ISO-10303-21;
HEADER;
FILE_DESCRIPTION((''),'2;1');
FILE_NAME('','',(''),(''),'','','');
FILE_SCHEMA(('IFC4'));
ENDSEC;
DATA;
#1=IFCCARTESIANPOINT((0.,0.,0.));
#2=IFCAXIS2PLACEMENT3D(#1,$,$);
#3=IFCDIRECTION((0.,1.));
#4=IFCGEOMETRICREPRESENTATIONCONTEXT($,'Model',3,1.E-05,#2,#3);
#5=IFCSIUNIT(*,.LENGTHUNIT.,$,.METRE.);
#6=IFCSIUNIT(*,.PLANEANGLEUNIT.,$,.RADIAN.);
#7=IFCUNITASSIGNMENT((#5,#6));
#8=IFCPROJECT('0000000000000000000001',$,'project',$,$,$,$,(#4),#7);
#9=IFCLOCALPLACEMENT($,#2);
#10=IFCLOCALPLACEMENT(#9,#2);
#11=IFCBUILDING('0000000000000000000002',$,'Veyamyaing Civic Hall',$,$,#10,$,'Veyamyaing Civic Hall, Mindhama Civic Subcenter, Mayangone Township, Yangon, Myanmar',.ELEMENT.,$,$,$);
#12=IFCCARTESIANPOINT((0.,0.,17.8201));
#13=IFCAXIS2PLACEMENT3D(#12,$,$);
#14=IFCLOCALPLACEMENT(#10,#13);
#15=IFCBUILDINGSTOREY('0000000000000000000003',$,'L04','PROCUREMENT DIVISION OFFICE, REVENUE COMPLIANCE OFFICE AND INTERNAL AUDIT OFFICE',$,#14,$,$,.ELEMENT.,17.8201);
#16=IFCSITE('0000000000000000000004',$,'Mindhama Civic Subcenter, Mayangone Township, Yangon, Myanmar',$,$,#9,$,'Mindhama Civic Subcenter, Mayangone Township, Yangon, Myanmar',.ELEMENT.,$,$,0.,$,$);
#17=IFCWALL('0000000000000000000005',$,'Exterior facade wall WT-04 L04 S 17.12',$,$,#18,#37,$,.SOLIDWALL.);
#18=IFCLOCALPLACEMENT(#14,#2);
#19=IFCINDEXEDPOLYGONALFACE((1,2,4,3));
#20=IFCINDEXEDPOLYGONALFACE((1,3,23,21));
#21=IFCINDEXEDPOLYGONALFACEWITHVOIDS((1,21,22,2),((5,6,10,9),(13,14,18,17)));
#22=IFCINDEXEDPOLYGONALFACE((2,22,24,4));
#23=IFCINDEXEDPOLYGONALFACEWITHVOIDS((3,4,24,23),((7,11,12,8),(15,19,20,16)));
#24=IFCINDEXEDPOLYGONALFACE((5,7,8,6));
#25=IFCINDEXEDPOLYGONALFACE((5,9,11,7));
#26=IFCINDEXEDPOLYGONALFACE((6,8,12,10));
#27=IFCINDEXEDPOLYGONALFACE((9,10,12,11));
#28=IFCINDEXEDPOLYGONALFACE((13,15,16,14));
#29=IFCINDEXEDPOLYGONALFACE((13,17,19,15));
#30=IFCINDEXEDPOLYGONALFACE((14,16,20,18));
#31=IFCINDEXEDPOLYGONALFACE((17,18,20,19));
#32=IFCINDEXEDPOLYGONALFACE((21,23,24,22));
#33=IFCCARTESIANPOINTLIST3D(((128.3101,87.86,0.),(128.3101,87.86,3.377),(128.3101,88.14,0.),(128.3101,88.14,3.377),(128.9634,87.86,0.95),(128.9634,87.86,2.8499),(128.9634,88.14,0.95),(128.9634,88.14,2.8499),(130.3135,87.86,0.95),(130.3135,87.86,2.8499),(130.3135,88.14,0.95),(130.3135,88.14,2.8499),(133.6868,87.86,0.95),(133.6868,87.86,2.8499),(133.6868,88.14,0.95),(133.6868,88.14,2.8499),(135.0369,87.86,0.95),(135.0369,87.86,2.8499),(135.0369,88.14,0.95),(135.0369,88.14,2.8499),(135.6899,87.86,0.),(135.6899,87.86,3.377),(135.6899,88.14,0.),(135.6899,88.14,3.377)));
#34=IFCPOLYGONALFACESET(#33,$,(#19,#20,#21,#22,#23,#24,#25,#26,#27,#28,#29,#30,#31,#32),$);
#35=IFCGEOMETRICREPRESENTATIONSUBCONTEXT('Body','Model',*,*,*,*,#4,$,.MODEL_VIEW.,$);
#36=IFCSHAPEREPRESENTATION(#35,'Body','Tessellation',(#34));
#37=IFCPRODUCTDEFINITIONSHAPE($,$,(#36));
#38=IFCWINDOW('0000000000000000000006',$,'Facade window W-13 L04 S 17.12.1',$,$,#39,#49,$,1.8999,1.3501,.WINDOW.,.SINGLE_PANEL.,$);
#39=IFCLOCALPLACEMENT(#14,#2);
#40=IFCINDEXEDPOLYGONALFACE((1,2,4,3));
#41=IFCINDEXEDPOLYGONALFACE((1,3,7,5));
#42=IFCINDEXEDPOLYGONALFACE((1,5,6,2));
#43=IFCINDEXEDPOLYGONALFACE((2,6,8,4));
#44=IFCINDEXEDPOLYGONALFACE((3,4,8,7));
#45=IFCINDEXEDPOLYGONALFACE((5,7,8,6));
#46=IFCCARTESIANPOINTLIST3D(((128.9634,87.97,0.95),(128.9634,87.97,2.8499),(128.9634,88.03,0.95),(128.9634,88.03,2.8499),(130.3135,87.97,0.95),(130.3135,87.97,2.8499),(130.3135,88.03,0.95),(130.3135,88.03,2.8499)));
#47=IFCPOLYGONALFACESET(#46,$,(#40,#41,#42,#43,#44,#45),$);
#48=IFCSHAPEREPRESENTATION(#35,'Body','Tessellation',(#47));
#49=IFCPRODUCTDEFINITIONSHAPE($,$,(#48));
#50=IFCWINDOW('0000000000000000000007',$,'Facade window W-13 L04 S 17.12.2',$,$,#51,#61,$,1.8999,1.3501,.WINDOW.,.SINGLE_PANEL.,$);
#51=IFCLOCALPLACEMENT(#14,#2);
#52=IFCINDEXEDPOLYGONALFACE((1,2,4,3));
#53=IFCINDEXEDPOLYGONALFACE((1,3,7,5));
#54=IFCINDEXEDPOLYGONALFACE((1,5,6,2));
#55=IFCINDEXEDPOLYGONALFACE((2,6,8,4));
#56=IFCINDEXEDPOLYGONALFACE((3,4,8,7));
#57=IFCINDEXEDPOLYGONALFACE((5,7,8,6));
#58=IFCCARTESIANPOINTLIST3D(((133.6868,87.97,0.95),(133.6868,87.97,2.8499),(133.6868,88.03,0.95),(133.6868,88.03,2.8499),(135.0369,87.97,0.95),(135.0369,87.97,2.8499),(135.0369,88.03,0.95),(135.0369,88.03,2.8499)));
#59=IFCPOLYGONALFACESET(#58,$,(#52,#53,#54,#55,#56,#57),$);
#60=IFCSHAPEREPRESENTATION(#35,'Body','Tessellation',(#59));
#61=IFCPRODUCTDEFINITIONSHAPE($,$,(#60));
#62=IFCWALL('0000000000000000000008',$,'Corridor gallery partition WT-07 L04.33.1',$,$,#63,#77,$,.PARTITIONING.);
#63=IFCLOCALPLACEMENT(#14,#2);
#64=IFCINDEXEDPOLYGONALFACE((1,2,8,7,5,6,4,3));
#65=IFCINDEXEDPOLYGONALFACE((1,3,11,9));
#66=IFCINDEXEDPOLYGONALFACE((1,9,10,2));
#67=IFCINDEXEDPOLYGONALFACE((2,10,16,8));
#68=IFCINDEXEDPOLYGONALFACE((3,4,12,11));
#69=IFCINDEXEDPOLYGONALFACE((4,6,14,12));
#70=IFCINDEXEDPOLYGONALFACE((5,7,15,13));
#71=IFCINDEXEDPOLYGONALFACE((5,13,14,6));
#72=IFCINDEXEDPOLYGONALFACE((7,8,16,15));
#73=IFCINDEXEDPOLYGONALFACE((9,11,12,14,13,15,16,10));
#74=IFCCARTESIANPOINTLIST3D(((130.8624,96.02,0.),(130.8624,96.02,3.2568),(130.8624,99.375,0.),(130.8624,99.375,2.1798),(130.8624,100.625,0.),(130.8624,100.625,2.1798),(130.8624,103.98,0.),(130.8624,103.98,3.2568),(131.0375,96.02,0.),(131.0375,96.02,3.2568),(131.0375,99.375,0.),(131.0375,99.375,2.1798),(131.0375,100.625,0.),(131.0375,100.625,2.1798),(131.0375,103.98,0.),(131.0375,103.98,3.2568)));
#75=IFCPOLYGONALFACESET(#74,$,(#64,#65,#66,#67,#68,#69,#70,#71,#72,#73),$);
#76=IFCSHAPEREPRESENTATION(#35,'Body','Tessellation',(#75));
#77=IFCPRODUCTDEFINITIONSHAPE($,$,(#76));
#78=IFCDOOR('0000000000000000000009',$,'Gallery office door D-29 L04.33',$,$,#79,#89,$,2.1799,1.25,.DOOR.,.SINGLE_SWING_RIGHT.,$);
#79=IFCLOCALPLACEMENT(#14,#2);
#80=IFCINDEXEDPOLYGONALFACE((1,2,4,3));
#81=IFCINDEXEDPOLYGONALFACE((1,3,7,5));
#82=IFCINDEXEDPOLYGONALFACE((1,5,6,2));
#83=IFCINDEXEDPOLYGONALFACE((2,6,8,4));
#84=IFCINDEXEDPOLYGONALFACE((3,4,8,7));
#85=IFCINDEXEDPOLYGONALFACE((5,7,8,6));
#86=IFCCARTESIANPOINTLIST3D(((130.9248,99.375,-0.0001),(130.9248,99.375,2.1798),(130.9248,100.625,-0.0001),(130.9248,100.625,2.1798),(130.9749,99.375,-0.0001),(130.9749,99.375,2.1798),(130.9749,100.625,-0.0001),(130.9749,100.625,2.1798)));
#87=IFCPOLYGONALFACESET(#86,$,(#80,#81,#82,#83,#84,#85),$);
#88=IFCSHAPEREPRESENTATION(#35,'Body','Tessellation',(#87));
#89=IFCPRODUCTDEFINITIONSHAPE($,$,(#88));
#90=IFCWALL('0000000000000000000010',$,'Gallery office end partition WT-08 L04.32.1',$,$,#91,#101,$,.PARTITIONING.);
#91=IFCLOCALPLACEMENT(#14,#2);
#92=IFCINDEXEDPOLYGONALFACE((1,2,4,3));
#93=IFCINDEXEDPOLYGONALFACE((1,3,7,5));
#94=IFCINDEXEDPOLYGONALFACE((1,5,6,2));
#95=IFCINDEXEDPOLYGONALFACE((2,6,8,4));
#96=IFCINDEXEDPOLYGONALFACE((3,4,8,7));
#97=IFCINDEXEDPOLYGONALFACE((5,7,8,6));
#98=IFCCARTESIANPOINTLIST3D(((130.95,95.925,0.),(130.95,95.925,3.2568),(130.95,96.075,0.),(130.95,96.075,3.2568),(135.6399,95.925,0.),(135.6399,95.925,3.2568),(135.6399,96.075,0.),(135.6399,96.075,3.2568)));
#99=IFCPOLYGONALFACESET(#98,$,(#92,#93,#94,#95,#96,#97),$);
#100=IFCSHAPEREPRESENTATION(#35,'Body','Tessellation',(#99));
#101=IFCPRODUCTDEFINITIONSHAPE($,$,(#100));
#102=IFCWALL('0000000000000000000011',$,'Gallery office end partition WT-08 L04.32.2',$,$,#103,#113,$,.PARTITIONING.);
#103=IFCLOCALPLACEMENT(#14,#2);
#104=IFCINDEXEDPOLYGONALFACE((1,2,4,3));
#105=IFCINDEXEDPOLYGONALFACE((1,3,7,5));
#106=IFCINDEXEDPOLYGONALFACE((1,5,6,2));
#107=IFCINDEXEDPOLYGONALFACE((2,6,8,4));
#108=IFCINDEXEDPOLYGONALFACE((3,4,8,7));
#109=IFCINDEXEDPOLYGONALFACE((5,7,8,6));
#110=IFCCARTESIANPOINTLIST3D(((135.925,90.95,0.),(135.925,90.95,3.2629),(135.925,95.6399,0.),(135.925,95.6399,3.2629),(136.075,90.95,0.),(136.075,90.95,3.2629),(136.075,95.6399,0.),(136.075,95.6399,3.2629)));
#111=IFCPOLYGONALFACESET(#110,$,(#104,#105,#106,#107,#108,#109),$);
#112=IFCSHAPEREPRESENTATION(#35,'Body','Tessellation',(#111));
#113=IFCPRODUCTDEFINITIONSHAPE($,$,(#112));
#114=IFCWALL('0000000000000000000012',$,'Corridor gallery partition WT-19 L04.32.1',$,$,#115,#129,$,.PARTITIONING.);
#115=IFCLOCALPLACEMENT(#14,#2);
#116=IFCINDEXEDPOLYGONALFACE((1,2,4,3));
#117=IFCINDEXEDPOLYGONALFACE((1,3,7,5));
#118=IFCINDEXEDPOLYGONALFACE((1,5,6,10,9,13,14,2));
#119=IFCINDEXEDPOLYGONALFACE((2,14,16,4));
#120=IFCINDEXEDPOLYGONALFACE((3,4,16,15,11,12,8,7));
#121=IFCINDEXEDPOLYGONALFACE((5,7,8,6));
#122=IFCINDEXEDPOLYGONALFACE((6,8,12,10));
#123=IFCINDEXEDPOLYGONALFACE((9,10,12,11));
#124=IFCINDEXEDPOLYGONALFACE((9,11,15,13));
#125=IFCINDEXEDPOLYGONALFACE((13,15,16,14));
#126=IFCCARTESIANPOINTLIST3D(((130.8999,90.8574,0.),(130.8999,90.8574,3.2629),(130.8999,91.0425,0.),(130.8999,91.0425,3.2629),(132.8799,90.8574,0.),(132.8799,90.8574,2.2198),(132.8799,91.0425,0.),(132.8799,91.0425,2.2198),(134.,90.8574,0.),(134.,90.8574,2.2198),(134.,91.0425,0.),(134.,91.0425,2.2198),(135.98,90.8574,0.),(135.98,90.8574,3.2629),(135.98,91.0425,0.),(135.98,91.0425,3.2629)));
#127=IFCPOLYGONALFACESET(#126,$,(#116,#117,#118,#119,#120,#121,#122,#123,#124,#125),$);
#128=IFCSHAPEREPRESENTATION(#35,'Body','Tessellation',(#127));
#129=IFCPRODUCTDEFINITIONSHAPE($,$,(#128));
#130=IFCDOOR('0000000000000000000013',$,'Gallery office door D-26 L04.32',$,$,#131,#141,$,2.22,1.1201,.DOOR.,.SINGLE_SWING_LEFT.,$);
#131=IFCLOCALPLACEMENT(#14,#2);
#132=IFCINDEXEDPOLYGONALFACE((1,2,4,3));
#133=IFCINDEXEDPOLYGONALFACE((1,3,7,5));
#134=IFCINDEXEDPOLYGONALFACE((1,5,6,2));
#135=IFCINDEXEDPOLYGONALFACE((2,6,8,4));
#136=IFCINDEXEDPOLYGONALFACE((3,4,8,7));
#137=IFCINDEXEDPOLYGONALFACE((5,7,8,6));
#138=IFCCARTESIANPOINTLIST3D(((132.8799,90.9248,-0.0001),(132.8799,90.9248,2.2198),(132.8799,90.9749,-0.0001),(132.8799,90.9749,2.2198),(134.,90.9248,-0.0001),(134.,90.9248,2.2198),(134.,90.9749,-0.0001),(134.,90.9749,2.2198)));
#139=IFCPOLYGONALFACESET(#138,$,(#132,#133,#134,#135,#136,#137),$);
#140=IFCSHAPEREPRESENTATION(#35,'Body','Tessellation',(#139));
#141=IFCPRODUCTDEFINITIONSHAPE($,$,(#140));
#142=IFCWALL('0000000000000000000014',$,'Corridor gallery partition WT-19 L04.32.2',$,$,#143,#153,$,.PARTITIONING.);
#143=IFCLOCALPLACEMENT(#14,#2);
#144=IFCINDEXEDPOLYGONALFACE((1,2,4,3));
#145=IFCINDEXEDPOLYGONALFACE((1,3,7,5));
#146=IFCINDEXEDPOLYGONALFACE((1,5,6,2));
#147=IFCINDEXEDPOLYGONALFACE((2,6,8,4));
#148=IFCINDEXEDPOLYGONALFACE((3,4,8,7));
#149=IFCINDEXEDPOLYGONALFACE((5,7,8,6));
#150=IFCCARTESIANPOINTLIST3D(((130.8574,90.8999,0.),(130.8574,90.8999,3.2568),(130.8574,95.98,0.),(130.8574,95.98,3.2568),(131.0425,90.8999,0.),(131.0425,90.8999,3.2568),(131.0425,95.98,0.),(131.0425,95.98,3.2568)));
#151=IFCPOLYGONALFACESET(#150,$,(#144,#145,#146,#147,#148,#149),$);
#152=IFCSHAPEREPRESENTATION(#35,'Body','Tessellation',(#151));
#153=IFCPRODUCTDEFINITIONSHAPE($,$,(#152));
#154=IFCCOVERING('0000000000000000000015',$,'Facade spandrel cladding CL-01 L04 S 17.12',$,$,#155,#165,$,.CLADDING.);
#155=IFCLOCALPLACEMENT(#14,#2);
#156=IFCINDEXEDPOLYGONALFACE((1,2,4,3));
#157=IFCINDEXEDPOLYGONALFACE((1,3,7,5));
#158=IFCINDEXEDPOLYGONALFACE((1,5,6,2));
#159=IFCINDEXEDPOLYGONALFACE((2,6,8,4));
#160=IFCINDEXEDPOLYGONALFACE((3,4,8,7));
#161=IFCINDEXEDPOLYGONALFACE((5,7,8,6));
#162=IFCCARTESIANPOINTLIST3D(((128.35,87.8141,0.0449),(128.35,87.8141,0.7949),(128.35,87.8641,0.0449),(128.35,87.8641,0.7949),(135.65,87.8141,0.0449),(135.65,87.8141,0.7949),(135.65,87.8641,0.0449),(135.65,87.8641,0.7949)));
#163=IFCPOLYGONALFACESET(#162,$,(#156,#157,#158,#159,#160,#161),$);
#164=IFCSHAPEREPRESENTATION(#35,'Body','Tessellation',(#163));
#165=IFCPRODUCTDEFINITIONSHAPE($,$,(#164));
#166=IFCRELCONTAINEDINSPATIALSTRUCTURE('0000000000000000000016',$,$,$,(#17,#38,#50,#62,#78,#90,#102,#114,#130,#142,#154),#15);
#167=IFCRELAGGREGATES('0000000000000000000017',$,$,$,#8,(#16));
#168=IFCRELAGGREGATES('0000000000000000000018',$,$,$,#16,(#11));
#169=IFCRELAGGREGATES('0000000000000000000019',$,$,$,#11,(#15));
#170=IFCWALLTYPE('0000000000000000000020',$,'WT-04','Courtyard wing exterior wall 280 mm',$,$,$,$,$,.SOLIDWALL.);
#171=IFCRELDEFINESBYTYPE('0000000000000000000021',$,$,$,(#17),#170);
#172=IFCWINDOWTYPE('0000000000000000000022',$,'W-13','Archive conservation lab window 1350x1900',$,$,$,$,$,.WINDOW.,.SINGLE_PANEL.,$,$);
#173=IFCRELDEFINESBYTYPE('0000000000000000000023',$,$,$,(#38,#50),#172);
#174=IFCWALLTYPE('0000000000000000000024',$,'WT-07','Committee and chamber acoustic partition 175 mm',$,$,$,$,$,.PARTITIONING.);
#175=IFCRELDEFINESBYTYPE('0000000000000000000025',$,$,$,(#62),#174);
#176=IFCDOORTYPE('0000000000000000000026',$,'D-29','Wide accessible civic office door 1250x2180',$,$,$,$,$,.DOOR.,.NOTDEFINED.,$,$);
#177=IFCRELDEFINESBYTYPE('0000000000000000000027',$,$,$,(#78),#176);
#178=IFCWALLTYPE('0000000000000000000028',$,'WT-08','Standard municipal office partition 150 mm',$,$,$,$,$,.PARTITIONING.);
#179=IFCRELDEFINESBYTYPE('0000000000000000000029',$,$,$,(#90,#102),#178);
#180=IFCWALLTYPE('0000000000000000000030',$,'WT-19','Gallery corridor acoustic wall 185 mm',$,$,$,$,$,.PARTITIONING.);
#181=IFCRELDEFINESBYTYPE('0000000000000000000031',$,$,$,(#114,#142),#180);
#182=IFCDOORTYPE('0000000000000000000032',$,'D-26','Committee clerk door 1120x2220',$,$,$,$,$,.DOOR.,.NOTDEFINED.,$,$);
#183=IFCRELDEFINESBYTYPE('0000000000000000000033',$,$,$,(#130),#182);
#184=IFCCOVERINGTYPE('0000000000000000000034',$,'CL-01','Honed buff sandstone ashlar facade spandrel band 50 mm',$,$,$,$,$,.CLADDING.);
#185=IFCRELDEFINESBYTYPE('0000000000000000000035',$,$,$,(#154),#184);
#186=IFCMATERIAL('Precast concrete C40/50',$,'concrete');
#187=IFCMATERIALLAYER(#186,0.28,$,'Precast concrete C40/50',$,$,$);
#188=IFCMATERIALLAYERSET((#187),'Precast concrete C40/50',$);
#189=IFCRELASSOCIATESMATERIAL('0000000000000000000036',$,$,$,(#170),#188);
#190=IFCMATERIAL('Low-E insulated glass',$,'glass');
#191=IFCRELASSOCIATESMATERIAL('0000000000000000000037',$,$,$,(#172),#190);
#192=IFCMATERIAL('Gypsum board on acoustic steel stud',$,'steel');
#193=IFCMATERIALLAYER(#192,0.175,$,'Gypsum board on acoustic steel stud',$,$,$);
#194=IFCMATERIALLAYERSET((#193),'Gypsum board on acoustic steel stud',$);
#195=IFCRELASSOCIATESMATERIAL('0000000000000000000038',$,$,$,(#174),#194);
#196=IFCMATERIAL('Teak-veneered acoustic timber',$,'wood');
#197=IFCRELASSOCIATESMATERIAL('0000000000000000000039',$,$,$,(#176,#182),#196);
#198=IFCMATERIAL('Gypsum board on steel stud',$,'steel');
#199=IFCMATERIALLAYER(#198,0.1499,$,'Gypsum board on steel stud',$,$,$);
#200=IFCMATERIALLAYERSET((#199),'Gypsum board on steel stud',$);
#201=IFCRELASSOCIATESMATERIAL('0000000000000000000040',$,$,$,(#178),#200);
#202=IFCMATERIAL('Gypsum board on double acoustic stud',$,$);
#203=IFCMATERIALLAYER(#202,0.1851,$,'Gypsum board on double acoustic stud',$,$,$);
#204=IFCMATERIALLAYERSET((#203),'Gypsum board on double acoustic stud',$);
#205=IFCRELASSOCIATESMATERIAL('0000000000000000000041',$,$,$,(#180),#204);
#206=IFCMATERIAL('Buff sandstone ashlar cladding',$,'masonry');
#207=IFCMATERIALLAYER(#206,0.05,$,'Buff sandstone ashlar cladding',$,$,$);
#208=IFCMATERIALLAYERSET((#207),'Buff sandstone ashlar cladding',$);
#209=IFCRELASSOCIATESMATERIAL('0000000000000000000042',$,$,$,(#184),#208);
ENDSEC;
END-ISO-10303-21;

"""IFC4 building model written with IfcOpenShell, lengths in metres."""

from ifc_helpers import new_model, si_unit, direction, frame, frame_2d, origin, origin_2d, place, context, subcontext, project, spatial, rectangle, extrude, material, layer, layer_set, type_object, element, fill, save


model = new_model("IFC4")

# Units and contexts
model_context = context("Model", 3, precision=1e-05, world=origin(), true_north=direction((0.0, 1.0)))
body_context = subcontext(model_context, "Body", "Model", "MODEL_VIEW")
ifc_project = project(units=[si_unit("LENGTHUNIT", "METRE"), si_unit("PLANEANGLEUNIT", "RADIAN")], contexts=[model_context])

# Site, building, storey
site_placement = place(None, origin())
site = spatial("IfcSite", under=ifc_project, at=site_placement, Name="Mindhama Civic Subcenter, Mayangone Township, Yangon, Myanmar", LongName="Mindhama Civic Subcenter, Mayangone Township, Yangon, Myanmar", CompositionType="ELEMENT", RefElevation=0.0)
building_placement = place(site_placement, origin())
building = spatial("IfcBuilding", under=site, at=building_placement, Name="Veyamyaing Civic Hall", LongName="Veyamyaing Civic Hall, Mindhama Civic Subcenter, Mayangone Township, Yangon, Myanmar", CompositionType="ELEMENT")
storey_placement = place(building_placement, frame((0.0, 0.0, 17.8201)))
storey = spatial("IfcBuildingStorey", under=building, at=storey_placement, Name="L04", Description="PROCUREMENT DIVISION OFFICE, REVENUE COMPLIANCE OFFICE AND INTERNAL AUDIT OFFICE", CompositionType="ELEMENT", Elevation=17.8201)

# Shared definitions
ifc_material_1 = material(Name="Low-E insulated glass", Category="glass")

# Wall, openings, windows
ifc_material_2 = material(Name="Precast concrete C40/50", Category="concrete")
ifc_layer_1 = layer(ifc_material_2, 0.28, Name="Precast concrete C40/50")
ifc_layer_set_1 = layer_set([ifc_layer_1], Name="Precast concrete C40/50")
wall_type_1 = type_object("IfcWallType", Name="WT-04", Description="Courtyard wing exterior wall 280 mm", PredefinedType="SOLIDWALL", material=ifc_layer_set_1)
wall_1_placement = place(storey_placement, frame((128.3101, 88.0, 0.0), z_axis=(0.0, 0.0, 1.0), x_axis=(1.0, 0.0, 0.0)))
wall_1 = element("IfcWall", 1, at=wall_1_placement, inside=storey, type_object=wall_type_1, Name="Exterior facade wall WT-04 L04 S 17.12", PredefinedType="SOLIDWALL", context=body_context, shape_type="SweptSolid", body=[
    extrude(rectangle(XDim=7.3799, YDim=0.28, at=frame_2d((3.6899, 0.0))), origin(), (0.0, 0.0, 1.0), 3.377),
])
opening_1_placement = place(wall_1_placement, frame((0.6533, 0.0, 0.95)))
opening_1 = element("IfcOpeningElement", 2, at=opening_1_placement, cuts=wall_1, PredefinedType="OPENING", context=body_context, shape_type="SweptSolid", body=[
    extrude(rectangle(XDim=1.3501, YDim=1.8999, at=frame_2d((0.675, 0.95))), frame((0.0, 0.1499, 0.0), z_axis=(0.0, -1.0, 0.0), x_axis=(1.0, 0.0, 0.0)), (0.0, 0.0, 1.0), 0.3),
])
opening_2_placement = place(wall_1_placement, frame((5.3767, 0.0, 0.95)))
opening_2 = element("IfcOpeningElement", 3, at=opening_2_placement, cuts=wall_1, PredefinedType="OPENING", context=body_context, shape_type="SweptSolid", body=[
    extrude(rectangle(XDim=1.3501, YDim=1.8999, at=frame_2d((0.675, 0.95))), frame((0.0, 0.1499, 0.0), z_axis=(0.0, -1.0, 0.0), x_axis=(1.0, 0.0, 0.0)), (0.0, 0.0, 1.0), 0.3),
])
window_type = type_object("IfcWindowType", Name="W-13", Description="Archive conservation lab window 1350x1900", PartitioningType="SINGLE_PANEL", PredefinedType="WINDOW", material=ifc_material_1)
window_1_placement = place(opening_1_placement, origin())
window_1 = element("IfcWindow", 4, at=window_1_placement, inside=storey, type_object=window_type, Name="Facade window W-13 L04 S 17.12.1", OverallHeight=1.8999, OverallWidth=1.3501, PartitioningType="SINGLE_PANEL", PredefinedType="WINDOW", context=body_context, shape_type="SweptSolid", body=[
    extrude(rectangle(XDim=1.3501, YDim=1.8999, at=frame_2d((0.675, 0.95))), frame((0.0, 0.03, 0.0), z_axis=(0.0, -1.0, 0.0), x_axis=(1.0, 0.0, 0.0)), (0.0, 0.0, 1.0), 0.0601),
])
fill(opening_1, window_1)
window_2_placement = place(opening_2_placement, origin())
window_2 = element("IfcWindow", 5, at=window_2_placement, inside=storey, type_object=window_type, Name="Facade window W-13 L04 S 17.12.2", OverallHeight=1.8999, OverallWidth=1.3501, PartitioningType="SINGLE_PANEL", PredefinedType="WINDOW", context=body_context, shape_type="SweptSolid", body=[
    extrude(rectangle(XDim=1.3501, YDim=1.8999, at=frame_2d((0.675, 0.95))), frame((0.0, 0.03, 0.0), z_axis=(0.0, -1.0, 0.0), x_axis=(1.0, 0.0, 0.0)), (0.0, 0.0, 1.0), 0.0601),
])
fill(opening_2, window_2)

# Wall, opening, door
ifc_material_3 = material(Name="Gypsum board on acoustic steel stud", Category="steel")
ifc_layer_2 = layer(ifc_material_3, 0.175, Name="Gypsum board on acoustic steel stud")
ifc_layer_set_2 = layer_set([ifc_layer_2], Name="Gypsum board on acoustic steel stud")
wall_type_2 = type_object("IfcWallType", Name="WT-07", Description="Committee and chamber acoustic partition 175 mm", PredefinedType="PARTITIONING", material=ifc_layer_set_2)
wall_2_placement = place(storey_placement, frame((130.95, 96.02, 0.0), z_axis=(0.0, 0.0, 1.0), x_axis=(0.0, 1.0, 0.0)))
wall_2 = element("IfcWall", 6, at=wall_2_placement, inside=storey, type_object=wall_type_2, Name="Corridor gallery partition WT-07 L04.33.1", PredefinedType="PARTITIONING", context=body_context, shape_type="SweptSolid", body=[
    extrude(rectangle(XDim=7.96, YDim=0.175, at=frame_2d((3.98, 0.0))), origin(), (0.0, 0.0, 1.0), 3.2568),
])
opening_3_placement = place(wall_2_placement, frame((3.355, 0.0, 0.0)))
opening_3 = element("IfcOpeningElement", 7, at=opening_3_placement, cuts=wall_2, PredefinedType="OPENING", context=body_context, shape_type="SweptSolid", body=[
    extrude(rectangle(XDim=1.25, YDim=2.1799, at=frame_2d((0.625, 1.0898))), frame((0.0, 0.0974, 0.0), z_axis=(0.0, -1.0, 0.0), x_axis=(1.0, 0.0, 0.0)), (0.0, 0.0, 1.0), 0.1951),
])
ifc_material_4 = material(Name="Teak-veneered acoustic timber", Category="wood")
door_type_1 = type_object("IfcDoorType", Name="D-29", Description="Wide accessible civic office door 1250x2180", OperationType="NOTDEFINED", PredefinedType="DOOR", material=ifc_material_4)
door_1_placement = place(opening_3_placement, frame((1.25, 0.0, 0.0), z_axis=(0.0, 0.0, 1.0), x_axis=(-1.0, 0.0, 0.0)))
door_1 = element("IfcDoor", 8, at=door_1_placement, inside=storey, type_object=door_type_1, Name="Gallery office door D-29 L04.33", OperationType="SINGLE_SWING_RIGHT", OverallHeight=2.1799, OverallWidth=1.25, PredefinedType="DOOR", context=body_context, shape_type="SweptSolid", body=[
    extrude(rectangle(XDim=1.25, YDim=2.1799, at=frame_2d((0.625, 1.0898))), frame((0.0, 0.0249, 0.0), z_axis=(0.0, -1.0, 0.0), x_axis=(1.0, 0.0, 0.0)), (0.0, 0.0, 1.0), 0.05),
])
fill(opening_3, door_1)

# Walls
ifc_material_5 = material(Name="Gypsum board on steel stud", Category="steel")
ifc_layer_3 = layer(ifc_material_5, 0.1499, Name="Gypsum board on steel stud")
ifc_layer_set_3 = layer_set([ifc_layer_3], Name="Gypsum board on steel stud")
wall_type_3 = type_object("IfcWallType", Name="WT-08", Description="Standard municipal office partition 150 mm", PredefinedType="PARTITIONING", material=ifc_layer_set_3)
wall_3_placement = place(storey_placement, frame((130.95, 96.0, 0.0), z_axis=(0.0, 0.0, 1.0), x_axis=(1.0, 0.0, 0.0)))
element("IfcWall", 9, at=wall_3_placement, inside=storey, type_object=wall_type_3, Name="Gallery office end partition WT-08 L04.32.1", PredefinedType="PARTITIONING", context=body_context, shape_type="SweptSolid", body=[
    extrude(rectangle(XDim=4.6899, YDim=0.1499, at=frame_2d((2.345, 0.0))), origin(), (0.0, 0.0, 1.0), 3.2568),
])
wall_4_placement = place(storey_placement, frame((136.0, 90.95, 0.0), z_axis=(0.0, 0.0, 1.0), x_axis=(0.0, 1.0, 0.0)))
element("IfcWall", 10, at=wall_4_placement, inside=storey, type_object=wall_type_3, Name="Gallery office end partition WT-08 L04.32.2", PredefinedType="PARTITIONING", context=body_context, shape_type="SweptSolid", body=[
    extrude(rectangle(XDim=4.6899, YDim=0.1499, at=frame_2d((2.345, 0.0))), origin(), (0.0, 0.0, 1.0), 3.2629),
])

# Wall, opening, door
ifc_material_6 = material(Name="Gypsum board on double acoustic stud")
ifc_layer_4 = layer(ifc_material_6, 0.1851, Name="Gypsum board on double acoustic stud")
ifc_layer_set_4 = layer_set([ifc_layer_4], Name="Gypsum board on double acoustic stud")
wall_type_4 = type_object("IfcWallType", Name="WT-19", Description="Gallery corridor acoustic wall 185 mm", PredefinedType="PARTITIONING", material=ifc_layer_set_4)
wall_5_placement = place(storey_placement, frame((130.8999, 90.95, 0.0), z_axis=(0.0, 0.0, 1.0), x_axis=(1.0, 0.0, 0.0)))
wall_5 = element("IfcWall", 11, at=wall_5_placement, inside=storey, type_object=wall_type_4, Name="Corridor gallery partition WT-19 L04.32.1", PredefinedType="PARTITIONING", context=body_context, shape_type="SweptSolid", body=[
    extrude(rectangle(XDim=5.0801, YDim=0.1851, at=frame_2d((2.54, 0.0))), origin(), (0.0, 0.0, 1.0), 3.2629),
])
opening_4_placement = place(wall_5_placement, frame((1.98, 0.0, 0.0)))
opening_4 = element("IfcOpeningElement", 12, at=opening_4_placement, cuts=wall_5, PredefinedType="OPENING", context=body_context, shape_type="SweptSolid", body=[
    extrude(rectangle(XDim=1.1201, YDim=2.22, at=frame_2d((0.5601, 1.1099))), frame((0.0, 0.1025, 0.0), z_axis=(0.0, -1.0, 0.0), x_axis=(1.0, 0.0, 0.0)), (0.0, 0.0, 1.0), 0.2051),
])
door_type_2 = type_object("IfcDoorType", Name="D-26", Description="Committee clerk door 1120x2220", OperationType="NOTDEFINED", PredefinedType="DOOR", material=ifc_material_4)
door_2_placement = place(opening_4_placement, origin())
door_2 = element("IfcDoor", 13, at=door_2_placement, inside=storey, type_object=door_type_2, Name="Gallery office door D-26 L04.32", OperationType="SINGLE_SWING_LEFT", OverallHeight=2.22, OverallWidth=1.1201, PredefinedType="DOOR", context=body_context, shape_type="SweptSolid", body=[
    extrude(rectangle(XDim=1.1201, YDim=2.22, at=frame_2d((0.5601, 1.1099))), frame((0.0, 0.0249, 0.0), z_axis=(0.0, -1.0, 0.0), x_axis=(1.0, 0.0, 0.0)), (0.0, 0.0, 1.0), 0.05),
])
fill(opening_4, door_2)

# Wall
wall_6_placement = place(storey_placement, frame((130.95, 90.8999, 0.0), z_axis=(0.0, 0.0, 1.0), x_axis=(0.0, 1.0, 0.0)))
element("IfcWall", 14, at=wall_6_placement, inside=storey, type_object=wall_type_4, Name="Corridor gallery partition WT-19 L04.32.2", PredefinedType="PARTITIONING", context=body_context, shape_type="SweptSolid", body=[
    extrude(rectangle(XDim=5.0801, YDim=0.1851, at=frame_2d((2.54, 0.0))), origin(), (0.0, 0.0, 1.0), 3.2568),
])

# Covering
ifc_material_7 = material(Name="Buff sandstone ashlar cladding", Category="masonry")
ifc_layer_5 = layer(ifc_material_7, 0.05, Name="Buff sandstone ashlar cladding")
ifc_layer_set_5 = layer_set([ifc_layer_5], Name="Buff sandstone ashlar cladding")
covering_type_1 = type_object("IfcCoveringType", Name="CL-01", Description="Honed buff sandstone ashlar facade spandrel band 50 mm", PredefinedType="CLADDING", material=ifc_layer_set_5)
covering_placement = place(storey_placement, frame((132.0, 87.8391, 0.0449), z_axis=(0.0, 0.0, 1.0), x_axis=(1.0, 0.0, 0.0)))
element("IfcCovering", 15, at=covering_placement, inside=storey, type_object=covering_type_1, Name="Facade spandrel cladding CL-01 L04 S 17.12", PredefinedType="CLADDING", context=body_context, shape_type="SweptSolid", body=[
    extrude(rectangle(XDim=7.3, YDim=0.05, at=origin_2d()), origin(), (0.0, 0.0, 1.0), 0.75),
])

save(model, "model.ifc")
